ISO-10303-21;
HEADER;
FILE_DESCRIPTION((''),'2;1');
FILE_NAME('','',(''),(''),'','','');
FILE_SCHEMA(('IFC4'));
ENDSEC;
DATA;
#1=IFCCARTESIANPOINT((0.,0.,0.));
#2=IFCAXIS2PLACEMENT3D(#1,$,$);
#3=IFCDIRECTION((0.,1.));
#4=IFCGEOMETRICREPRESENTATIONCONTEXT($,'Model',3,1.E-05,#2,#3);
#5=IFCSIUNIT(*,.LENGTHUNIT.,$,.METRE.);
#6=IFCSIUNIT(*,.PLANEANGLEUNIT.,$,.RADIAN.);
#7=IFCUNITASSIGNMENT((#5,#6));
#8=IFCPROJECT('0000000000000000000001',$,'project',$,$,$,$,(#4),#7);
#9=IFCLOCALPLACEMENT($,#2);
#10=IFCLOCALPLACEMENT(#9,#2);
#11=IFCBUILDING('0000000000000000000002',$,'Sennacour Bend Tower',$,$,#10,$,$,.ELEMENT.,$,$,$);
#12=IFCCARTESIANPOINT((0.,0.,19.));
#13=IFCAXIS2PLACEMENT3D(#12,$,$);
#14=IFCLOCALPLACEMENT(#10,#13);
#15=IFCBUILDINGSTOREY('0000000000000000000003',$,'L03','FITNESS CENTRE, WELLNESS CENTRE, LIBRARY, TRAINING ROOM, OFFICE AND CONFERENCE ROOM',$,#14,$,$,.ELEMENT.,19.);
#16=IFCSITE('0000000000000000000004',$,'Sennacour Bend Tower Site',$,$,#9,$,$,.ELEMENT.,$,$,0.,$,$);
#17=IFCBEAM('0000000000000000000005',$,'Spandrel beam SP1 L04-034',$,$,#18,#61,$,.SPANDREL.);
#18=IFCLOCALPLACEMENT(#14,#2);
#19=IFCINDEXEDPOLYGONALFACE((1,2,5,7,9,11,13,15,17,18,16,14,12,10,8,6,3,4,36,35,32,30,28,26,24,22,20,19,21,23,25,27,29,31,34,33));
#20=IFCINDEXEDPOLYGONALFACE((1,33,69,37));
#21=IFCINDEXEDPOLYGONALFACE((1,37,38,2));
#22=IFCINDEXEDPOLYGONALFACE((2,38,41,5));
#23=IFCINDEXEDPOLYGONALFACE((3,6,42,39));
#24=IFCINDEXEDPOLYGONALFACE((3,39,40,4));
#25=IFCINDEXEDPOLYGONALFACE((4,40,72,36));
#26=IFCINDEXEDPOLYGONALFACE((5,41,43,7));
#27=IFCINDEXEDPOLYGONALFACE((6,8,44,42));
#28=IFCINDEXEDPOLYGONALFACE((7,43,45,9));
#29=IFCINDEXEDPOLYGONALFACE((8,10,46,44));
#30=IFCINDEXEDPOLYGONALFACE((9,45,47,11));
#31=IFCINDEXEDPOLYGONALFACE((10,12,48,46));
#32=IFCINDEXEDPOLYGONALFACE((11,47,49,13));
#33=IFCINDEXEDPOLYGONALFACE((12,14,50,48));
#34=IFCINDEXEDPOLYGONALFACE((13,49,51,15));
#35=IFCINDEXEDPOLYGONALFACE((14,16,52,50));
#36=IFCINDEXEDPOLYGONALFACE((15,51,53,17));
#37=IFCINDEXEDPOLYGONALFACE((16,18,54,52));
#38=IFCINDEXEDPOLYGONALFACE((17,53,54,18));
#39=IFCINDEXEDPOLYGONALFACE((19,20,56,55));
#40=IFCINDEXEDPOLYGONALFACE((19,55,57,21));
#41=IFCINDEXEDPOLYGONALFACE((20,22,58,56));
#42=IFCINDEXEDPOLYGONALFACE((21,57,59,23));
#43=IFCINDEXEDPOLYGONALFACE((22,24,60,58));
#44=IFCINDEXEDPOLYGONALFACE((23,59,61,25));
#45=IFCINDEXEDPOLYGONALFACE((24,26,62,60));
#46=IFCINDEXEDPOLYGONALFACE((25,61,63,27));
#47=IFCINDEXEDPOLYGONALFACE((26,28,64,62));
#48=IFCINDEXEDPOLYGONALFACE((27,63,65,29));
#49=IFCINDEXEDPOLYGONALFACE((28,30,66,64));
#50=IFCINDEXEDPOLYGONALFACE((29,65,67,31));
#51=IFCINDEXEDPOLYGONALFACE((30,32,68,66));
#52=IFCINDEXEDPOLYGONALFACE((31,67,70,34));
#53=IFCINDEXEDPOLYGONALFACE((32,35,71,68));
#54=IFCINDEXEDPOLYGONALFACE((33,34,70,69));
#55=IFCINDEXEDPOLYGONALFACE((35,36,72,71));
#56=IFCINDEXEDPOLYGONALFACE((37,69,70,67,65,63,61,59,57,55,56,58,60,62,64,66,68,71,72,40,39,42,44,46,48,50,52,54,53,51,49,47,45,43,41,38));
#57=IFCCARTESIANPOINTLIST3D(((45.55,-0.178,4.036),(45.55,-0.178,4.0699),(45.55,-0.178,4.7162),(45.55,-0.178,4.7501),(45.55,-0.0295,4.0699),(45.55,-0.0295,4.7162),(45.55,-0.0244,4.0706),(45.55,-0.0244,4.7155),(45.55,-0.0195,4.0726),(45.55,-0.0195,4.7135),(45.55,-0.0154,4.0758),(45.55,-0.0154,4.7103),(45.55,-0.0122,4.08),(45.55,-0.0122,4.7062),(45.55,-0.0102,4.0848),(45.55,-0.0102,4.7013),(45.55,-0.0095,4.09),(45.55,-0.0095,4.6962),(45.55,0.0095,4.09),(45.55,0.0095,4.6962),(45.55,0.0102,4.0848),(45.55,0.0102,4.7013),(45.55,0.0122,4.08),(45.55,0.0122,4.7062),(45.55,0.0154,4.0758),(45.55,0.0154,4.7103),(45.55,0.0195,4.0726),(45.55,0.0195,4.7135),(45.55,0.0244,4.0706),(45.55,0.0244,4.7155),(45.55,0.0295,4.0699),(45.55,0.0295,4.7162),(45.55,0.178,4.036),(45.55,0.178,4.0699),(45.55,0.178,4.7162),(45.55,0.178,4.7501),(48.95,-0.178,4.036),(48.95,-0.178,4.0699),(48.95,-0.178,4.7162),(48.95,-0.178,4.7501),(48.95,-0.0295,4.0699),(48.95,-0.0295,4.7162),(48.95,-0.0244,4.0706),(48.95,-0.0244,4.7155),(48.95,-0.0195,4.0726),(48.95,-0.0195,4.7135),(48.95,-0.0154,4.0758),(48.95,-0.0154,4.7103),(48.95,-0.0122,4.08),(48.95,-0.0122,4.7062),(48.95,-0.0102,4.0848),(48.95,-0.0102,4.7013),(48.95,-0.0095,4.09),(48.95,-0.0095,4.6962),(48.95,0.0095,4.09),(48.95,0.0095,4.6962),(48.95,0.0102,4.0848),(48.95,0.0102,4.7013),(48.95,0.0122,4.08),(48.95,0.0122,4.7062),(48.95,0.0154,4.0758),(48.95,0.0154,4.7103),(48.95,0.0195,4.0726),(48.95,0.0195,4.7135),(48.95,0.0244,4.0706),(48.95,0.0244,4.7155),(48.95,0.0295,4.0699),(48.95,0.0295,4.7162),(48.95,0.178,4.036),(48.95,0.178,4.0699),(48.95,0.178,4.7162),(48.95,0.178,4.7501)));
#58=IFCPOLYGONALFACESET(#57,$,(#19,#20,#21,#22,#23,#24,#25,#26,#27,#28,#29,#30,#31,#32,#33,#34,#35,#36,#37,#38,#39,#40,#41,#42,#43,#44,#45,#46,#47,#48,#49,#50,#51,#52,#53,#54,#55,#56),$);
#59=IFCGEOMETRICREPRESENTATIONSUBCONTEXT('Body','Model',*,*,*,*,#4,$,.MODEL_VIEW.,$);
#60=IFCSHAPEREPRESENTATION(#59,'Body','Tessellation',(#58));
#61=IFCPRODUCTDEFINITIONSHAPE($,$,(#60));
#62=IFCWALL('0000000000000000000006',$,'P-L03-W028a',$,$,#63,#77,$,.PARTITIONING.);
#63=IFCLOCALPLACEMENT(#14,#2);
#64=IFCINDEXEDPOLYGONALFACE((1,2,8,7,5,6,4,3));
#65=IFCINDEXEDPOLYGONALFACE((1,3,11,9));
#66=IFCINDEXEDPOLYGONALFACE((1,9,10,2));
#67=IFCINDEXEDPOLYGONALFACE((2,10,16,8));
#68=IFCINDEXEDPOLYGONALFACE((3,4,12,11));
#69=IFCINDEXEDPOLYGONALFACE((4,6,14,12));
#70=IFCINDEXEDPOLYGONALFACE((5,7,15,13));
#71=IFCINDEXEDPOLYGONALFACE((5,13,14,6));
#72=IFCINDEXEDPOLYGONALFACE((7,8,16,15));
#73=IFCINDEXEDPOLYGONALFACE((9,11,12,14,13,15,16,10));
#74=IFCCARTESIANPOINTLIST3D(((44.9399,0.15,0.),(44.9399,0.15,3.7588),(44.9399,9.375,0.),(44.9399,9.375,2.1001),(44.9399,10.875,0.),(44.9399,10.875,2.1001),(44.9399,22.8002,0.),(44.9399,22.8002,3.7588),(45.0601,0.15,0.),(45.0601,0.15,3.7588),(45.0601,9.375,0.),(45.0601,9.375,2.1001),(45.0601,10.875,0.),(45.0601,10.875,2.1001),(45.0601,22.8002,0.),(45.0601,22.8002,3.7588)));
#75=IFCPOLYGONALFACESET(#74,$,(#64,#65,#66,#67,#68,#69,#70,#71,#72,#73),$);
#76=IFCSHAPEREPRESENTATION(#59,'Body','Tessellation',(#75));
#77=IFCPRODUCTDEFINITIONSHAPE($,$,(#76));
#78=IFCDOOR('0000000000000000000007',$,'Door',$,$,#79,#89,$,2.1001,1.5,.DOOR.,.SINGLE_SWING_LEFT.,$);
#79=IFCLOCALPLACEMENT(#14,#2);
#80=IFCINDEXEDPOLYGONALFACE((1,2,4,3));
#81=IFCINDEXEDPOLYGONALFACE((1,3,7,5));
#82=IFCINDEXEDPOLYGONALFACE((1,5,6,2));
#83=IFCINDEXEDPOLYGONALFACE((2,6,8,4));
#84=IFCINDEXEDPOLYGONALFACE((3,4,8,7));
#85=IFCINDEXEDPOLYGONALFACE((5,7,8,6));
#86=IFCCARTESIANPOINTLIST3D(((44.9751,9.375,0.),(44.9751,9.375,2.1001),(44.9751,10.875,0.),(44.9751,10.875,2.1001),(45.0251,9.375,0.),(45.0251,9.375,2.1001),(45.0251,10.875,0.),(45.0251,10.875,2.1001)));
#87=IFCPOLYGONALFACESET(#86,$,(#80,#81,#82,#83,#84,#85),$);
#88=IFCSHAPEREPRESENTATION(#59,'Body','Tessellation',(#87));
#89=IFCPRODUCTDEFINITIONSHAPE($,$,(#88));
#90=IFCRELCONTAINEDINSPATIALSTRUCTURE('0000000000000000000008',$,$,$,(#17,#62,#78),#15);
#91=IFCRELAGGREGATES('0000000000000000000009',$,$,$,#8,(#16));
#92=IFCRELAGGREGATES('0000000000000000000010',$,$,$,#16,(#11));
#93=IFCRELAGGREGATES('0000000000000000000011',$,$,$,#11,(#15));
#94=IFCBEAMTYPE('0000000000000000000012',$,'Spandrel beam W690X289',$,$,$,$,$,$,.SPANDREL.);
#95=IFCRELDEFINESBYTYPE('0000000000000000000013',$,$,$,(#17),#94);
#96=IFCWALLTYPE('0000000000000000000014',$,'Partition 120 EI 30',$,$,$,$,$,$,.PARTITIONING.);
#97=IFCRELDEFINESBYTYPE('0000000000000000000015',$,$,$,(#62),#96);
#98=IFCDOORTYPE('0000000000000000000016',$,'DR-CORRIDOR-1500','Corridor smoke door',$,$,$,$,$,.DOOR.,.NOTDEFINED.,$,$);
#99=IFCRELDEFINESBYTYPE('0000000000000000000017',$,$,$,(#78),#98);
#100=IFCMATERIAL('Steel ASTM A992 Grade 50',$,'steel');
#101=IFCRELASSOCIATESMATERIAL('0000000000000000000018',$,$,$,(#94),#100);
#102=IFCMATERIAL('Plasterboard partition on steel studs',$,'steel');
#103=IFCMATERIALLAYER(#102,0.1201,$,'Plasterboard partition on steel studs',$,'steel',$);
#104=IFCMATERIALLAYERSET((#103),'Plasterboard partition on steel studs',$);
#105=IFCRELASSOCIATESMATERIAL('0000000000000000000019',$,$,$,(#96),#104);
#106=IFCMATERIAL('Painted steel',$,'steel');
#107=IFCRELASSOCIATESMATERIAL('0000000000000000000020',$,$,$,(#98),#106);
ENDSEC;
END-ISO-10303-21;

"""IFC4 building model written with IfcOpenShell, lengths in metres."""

from ifc_helpers import new_model, si_unit, direction, frame, frame_2d, origin, origin_2d, place, context, subcontext, project, spatial, rectangle, i_section, extrude, material, layer, layer_set, material_profile, profile_set, type_object, element, fill, save


model = new_model("IFC4")

# Units and contexts
model_context = context("Model", 3, precision=1e-05, world=origin(), true_north=direction((0.0, 1.0)))
body_context = subcontext(model_context, "Body", "Model", "MODEL_VIEW")
ifc_project = project(units=[si_unit("LENGTHUNIT", "METRE"), si_unit("PLANEANGLEUNIT", "RADIAN")], contexts=[model_context])

# Site, building, storey
site_placement = place(None, origin())
site = spatial("IfcSite", under=ifc_project, at=site_placement, Name="Sennacour Bend Tower Site", CompositionType="ELEMENT", RefElevation=0.0)
building_placement = place(site_placement, origin())
building = spatial("IfcBuilding", under=site, at=building_placement, Name="Sennacour Bend Tower", CompositionType="ELEMENT")
storey_placement = place(building_placement, frame((0.0, 0.0, 19.0)))
storey = spatial("IfcBuildingStorey", under=building, at=storey_placement, Name="L03", Description="FITNESS CENTRE, WELLNESS CENTRE, LIBRARY, TRAINING ROOM, OFFICE AND CONFERENCE ROOM", CompositionType="ELEMENT", Elevation=19.0)

# Beam
ifc_material_1 = material(Name="Steel ASTM A992 Grade 50", Category="steel")
ifc_material_profile_1 = material_profile(ifc_material_1, i_section(OverallWidth=0.356, OverallDepth=0.7141, WebThickness=0.019, FlangeThickness=0.0339, FilletRadius=0.02, at=origin_2d()), Name="Steel ASTM A992 Grade 50", Category="steel")
ifc_profile_set_1 = profile_set([ifc_material_profile_1], Name="Steel ASTM A992 Grade 50")
beam_type_1 = type_object("IfcBeamType", Name="Spandrel beam W690X289", PredefinedType="SPANDREL", material=ifc_profile_set_1)
beam_1_placement = place(storey_placement, frame((45.55, 0.0, 4.3931), z_axis=(1.0, 0.0, 0.0), x_axis=(0.0, 1.0, 0.0)))
element("IfcBeam", 1, at=beam_1_placement, inside=storey, type_object=beam_type_1, Name="Spandrel beam SP1 L04-034", PredefinedType="SPANDREL", context=body_context, shape_type="SweptSolid", body=[
    extrude(i_section(OverallWidth=0.356, OverallDepth=0.7141, WebThickness=0.019, FlangeThickness=0.0339, FilletRadius=0.02, at=origin_2d()), origin(), (0.0, 0.0, 1.0), 3.3999),
])

# Wall, opening, door
ifc_material_2 = material(Name="Plasterboard partition on steel studs", Category="steel")
ifc_layer_1 = layer(ifc_material_2, 0.1201, Name="Plasterboard partition on steel studs", Category="steel")
ifc_layer_set_1 = layer_set([ifc_layer_1], Name="Plasterboard partition on steel studs")
wall_type_1 = type_object("IfcWallType", Name="Partition 120 EI 30", PredefinedType="PARTITIONING", material=ifc_layer_set_1)
wall_1_placement = place(storey_placement, frame((45.0, 0.1499, 0.0), z_axis=(0.0, 0.0, 1.0), x_axis=(0.0, 1.0, 0.0)))
wall_1 = element("IfcWall", 2, at=wall_1_placement, inside=storey, type_object=wall_type_1, Name="P-L03-W028a", PredefinedType="PARTITIONING", context=body_context, shape_type="SweptSolid", body=[
    extrude(rectangle(XDim=22.6501, YDim=0.1201, at=frame_2d((11.3252, 0.0))), origin(), (0.0, 0.0, 1.0), 3.7588),
])
opening_1_placement = place(wall_1_placement, frame((9.2251, 0.0, 0.0)))
opening_1 = element("IfcOpeningElement", 3, at=opening_1_placement, cuts=wall_1, PredefinedType="OPENING", context=body_context, shape_type="SweptSolid", body=[
    extrude(rectangle(XDim=1.5, YDim=2.1001, at=frame_2d((0.75, 1.05))), frame((0.0, 0.0701, 0.0), z_axis=(0.0, -1.0, 0.0), x_axis=(1.0, 0.0, 0.0)), (0.0, 0.0, 1.0), 0.1401),
])
ifc_material_3 = material(Name="Painted steel", Category="steel")
door_type_1 = type_object("IfcDoorType", Name="DR-CORRIDOR-1500", Description="Corridor smoke door", OperationType="NOTDEFINED", PredefinedType="DOOR", material=ifc_material_3)
door_1_placement = place(opening_1_placement, origin())
door_1 = element("IfcDoor", 4, at=door_1_placement, inside=storey, type_object=door_type_1, Name="Door", OperationType="SINGLE_SWING_LEFT", OverallHeight=2.1001, OverallWidth=1.5, PredefinedType="DOOR", context=body_context, shape_type="SweptSolid", body=[
    extrude(rectangle(XDim=1.5, YDim=2.1001, at=frame_2d((0.75, 1.05))), frame((0.0, 0.0249, 0.0), z_axis=(0.0, -1.0, 0.0), x_axis=(1.0, 0.0, 0.0)), (0.0, 0.0, 1.0), 0.05),
])
fill(opening_1, door_1)

save(model, "model.ifc")
